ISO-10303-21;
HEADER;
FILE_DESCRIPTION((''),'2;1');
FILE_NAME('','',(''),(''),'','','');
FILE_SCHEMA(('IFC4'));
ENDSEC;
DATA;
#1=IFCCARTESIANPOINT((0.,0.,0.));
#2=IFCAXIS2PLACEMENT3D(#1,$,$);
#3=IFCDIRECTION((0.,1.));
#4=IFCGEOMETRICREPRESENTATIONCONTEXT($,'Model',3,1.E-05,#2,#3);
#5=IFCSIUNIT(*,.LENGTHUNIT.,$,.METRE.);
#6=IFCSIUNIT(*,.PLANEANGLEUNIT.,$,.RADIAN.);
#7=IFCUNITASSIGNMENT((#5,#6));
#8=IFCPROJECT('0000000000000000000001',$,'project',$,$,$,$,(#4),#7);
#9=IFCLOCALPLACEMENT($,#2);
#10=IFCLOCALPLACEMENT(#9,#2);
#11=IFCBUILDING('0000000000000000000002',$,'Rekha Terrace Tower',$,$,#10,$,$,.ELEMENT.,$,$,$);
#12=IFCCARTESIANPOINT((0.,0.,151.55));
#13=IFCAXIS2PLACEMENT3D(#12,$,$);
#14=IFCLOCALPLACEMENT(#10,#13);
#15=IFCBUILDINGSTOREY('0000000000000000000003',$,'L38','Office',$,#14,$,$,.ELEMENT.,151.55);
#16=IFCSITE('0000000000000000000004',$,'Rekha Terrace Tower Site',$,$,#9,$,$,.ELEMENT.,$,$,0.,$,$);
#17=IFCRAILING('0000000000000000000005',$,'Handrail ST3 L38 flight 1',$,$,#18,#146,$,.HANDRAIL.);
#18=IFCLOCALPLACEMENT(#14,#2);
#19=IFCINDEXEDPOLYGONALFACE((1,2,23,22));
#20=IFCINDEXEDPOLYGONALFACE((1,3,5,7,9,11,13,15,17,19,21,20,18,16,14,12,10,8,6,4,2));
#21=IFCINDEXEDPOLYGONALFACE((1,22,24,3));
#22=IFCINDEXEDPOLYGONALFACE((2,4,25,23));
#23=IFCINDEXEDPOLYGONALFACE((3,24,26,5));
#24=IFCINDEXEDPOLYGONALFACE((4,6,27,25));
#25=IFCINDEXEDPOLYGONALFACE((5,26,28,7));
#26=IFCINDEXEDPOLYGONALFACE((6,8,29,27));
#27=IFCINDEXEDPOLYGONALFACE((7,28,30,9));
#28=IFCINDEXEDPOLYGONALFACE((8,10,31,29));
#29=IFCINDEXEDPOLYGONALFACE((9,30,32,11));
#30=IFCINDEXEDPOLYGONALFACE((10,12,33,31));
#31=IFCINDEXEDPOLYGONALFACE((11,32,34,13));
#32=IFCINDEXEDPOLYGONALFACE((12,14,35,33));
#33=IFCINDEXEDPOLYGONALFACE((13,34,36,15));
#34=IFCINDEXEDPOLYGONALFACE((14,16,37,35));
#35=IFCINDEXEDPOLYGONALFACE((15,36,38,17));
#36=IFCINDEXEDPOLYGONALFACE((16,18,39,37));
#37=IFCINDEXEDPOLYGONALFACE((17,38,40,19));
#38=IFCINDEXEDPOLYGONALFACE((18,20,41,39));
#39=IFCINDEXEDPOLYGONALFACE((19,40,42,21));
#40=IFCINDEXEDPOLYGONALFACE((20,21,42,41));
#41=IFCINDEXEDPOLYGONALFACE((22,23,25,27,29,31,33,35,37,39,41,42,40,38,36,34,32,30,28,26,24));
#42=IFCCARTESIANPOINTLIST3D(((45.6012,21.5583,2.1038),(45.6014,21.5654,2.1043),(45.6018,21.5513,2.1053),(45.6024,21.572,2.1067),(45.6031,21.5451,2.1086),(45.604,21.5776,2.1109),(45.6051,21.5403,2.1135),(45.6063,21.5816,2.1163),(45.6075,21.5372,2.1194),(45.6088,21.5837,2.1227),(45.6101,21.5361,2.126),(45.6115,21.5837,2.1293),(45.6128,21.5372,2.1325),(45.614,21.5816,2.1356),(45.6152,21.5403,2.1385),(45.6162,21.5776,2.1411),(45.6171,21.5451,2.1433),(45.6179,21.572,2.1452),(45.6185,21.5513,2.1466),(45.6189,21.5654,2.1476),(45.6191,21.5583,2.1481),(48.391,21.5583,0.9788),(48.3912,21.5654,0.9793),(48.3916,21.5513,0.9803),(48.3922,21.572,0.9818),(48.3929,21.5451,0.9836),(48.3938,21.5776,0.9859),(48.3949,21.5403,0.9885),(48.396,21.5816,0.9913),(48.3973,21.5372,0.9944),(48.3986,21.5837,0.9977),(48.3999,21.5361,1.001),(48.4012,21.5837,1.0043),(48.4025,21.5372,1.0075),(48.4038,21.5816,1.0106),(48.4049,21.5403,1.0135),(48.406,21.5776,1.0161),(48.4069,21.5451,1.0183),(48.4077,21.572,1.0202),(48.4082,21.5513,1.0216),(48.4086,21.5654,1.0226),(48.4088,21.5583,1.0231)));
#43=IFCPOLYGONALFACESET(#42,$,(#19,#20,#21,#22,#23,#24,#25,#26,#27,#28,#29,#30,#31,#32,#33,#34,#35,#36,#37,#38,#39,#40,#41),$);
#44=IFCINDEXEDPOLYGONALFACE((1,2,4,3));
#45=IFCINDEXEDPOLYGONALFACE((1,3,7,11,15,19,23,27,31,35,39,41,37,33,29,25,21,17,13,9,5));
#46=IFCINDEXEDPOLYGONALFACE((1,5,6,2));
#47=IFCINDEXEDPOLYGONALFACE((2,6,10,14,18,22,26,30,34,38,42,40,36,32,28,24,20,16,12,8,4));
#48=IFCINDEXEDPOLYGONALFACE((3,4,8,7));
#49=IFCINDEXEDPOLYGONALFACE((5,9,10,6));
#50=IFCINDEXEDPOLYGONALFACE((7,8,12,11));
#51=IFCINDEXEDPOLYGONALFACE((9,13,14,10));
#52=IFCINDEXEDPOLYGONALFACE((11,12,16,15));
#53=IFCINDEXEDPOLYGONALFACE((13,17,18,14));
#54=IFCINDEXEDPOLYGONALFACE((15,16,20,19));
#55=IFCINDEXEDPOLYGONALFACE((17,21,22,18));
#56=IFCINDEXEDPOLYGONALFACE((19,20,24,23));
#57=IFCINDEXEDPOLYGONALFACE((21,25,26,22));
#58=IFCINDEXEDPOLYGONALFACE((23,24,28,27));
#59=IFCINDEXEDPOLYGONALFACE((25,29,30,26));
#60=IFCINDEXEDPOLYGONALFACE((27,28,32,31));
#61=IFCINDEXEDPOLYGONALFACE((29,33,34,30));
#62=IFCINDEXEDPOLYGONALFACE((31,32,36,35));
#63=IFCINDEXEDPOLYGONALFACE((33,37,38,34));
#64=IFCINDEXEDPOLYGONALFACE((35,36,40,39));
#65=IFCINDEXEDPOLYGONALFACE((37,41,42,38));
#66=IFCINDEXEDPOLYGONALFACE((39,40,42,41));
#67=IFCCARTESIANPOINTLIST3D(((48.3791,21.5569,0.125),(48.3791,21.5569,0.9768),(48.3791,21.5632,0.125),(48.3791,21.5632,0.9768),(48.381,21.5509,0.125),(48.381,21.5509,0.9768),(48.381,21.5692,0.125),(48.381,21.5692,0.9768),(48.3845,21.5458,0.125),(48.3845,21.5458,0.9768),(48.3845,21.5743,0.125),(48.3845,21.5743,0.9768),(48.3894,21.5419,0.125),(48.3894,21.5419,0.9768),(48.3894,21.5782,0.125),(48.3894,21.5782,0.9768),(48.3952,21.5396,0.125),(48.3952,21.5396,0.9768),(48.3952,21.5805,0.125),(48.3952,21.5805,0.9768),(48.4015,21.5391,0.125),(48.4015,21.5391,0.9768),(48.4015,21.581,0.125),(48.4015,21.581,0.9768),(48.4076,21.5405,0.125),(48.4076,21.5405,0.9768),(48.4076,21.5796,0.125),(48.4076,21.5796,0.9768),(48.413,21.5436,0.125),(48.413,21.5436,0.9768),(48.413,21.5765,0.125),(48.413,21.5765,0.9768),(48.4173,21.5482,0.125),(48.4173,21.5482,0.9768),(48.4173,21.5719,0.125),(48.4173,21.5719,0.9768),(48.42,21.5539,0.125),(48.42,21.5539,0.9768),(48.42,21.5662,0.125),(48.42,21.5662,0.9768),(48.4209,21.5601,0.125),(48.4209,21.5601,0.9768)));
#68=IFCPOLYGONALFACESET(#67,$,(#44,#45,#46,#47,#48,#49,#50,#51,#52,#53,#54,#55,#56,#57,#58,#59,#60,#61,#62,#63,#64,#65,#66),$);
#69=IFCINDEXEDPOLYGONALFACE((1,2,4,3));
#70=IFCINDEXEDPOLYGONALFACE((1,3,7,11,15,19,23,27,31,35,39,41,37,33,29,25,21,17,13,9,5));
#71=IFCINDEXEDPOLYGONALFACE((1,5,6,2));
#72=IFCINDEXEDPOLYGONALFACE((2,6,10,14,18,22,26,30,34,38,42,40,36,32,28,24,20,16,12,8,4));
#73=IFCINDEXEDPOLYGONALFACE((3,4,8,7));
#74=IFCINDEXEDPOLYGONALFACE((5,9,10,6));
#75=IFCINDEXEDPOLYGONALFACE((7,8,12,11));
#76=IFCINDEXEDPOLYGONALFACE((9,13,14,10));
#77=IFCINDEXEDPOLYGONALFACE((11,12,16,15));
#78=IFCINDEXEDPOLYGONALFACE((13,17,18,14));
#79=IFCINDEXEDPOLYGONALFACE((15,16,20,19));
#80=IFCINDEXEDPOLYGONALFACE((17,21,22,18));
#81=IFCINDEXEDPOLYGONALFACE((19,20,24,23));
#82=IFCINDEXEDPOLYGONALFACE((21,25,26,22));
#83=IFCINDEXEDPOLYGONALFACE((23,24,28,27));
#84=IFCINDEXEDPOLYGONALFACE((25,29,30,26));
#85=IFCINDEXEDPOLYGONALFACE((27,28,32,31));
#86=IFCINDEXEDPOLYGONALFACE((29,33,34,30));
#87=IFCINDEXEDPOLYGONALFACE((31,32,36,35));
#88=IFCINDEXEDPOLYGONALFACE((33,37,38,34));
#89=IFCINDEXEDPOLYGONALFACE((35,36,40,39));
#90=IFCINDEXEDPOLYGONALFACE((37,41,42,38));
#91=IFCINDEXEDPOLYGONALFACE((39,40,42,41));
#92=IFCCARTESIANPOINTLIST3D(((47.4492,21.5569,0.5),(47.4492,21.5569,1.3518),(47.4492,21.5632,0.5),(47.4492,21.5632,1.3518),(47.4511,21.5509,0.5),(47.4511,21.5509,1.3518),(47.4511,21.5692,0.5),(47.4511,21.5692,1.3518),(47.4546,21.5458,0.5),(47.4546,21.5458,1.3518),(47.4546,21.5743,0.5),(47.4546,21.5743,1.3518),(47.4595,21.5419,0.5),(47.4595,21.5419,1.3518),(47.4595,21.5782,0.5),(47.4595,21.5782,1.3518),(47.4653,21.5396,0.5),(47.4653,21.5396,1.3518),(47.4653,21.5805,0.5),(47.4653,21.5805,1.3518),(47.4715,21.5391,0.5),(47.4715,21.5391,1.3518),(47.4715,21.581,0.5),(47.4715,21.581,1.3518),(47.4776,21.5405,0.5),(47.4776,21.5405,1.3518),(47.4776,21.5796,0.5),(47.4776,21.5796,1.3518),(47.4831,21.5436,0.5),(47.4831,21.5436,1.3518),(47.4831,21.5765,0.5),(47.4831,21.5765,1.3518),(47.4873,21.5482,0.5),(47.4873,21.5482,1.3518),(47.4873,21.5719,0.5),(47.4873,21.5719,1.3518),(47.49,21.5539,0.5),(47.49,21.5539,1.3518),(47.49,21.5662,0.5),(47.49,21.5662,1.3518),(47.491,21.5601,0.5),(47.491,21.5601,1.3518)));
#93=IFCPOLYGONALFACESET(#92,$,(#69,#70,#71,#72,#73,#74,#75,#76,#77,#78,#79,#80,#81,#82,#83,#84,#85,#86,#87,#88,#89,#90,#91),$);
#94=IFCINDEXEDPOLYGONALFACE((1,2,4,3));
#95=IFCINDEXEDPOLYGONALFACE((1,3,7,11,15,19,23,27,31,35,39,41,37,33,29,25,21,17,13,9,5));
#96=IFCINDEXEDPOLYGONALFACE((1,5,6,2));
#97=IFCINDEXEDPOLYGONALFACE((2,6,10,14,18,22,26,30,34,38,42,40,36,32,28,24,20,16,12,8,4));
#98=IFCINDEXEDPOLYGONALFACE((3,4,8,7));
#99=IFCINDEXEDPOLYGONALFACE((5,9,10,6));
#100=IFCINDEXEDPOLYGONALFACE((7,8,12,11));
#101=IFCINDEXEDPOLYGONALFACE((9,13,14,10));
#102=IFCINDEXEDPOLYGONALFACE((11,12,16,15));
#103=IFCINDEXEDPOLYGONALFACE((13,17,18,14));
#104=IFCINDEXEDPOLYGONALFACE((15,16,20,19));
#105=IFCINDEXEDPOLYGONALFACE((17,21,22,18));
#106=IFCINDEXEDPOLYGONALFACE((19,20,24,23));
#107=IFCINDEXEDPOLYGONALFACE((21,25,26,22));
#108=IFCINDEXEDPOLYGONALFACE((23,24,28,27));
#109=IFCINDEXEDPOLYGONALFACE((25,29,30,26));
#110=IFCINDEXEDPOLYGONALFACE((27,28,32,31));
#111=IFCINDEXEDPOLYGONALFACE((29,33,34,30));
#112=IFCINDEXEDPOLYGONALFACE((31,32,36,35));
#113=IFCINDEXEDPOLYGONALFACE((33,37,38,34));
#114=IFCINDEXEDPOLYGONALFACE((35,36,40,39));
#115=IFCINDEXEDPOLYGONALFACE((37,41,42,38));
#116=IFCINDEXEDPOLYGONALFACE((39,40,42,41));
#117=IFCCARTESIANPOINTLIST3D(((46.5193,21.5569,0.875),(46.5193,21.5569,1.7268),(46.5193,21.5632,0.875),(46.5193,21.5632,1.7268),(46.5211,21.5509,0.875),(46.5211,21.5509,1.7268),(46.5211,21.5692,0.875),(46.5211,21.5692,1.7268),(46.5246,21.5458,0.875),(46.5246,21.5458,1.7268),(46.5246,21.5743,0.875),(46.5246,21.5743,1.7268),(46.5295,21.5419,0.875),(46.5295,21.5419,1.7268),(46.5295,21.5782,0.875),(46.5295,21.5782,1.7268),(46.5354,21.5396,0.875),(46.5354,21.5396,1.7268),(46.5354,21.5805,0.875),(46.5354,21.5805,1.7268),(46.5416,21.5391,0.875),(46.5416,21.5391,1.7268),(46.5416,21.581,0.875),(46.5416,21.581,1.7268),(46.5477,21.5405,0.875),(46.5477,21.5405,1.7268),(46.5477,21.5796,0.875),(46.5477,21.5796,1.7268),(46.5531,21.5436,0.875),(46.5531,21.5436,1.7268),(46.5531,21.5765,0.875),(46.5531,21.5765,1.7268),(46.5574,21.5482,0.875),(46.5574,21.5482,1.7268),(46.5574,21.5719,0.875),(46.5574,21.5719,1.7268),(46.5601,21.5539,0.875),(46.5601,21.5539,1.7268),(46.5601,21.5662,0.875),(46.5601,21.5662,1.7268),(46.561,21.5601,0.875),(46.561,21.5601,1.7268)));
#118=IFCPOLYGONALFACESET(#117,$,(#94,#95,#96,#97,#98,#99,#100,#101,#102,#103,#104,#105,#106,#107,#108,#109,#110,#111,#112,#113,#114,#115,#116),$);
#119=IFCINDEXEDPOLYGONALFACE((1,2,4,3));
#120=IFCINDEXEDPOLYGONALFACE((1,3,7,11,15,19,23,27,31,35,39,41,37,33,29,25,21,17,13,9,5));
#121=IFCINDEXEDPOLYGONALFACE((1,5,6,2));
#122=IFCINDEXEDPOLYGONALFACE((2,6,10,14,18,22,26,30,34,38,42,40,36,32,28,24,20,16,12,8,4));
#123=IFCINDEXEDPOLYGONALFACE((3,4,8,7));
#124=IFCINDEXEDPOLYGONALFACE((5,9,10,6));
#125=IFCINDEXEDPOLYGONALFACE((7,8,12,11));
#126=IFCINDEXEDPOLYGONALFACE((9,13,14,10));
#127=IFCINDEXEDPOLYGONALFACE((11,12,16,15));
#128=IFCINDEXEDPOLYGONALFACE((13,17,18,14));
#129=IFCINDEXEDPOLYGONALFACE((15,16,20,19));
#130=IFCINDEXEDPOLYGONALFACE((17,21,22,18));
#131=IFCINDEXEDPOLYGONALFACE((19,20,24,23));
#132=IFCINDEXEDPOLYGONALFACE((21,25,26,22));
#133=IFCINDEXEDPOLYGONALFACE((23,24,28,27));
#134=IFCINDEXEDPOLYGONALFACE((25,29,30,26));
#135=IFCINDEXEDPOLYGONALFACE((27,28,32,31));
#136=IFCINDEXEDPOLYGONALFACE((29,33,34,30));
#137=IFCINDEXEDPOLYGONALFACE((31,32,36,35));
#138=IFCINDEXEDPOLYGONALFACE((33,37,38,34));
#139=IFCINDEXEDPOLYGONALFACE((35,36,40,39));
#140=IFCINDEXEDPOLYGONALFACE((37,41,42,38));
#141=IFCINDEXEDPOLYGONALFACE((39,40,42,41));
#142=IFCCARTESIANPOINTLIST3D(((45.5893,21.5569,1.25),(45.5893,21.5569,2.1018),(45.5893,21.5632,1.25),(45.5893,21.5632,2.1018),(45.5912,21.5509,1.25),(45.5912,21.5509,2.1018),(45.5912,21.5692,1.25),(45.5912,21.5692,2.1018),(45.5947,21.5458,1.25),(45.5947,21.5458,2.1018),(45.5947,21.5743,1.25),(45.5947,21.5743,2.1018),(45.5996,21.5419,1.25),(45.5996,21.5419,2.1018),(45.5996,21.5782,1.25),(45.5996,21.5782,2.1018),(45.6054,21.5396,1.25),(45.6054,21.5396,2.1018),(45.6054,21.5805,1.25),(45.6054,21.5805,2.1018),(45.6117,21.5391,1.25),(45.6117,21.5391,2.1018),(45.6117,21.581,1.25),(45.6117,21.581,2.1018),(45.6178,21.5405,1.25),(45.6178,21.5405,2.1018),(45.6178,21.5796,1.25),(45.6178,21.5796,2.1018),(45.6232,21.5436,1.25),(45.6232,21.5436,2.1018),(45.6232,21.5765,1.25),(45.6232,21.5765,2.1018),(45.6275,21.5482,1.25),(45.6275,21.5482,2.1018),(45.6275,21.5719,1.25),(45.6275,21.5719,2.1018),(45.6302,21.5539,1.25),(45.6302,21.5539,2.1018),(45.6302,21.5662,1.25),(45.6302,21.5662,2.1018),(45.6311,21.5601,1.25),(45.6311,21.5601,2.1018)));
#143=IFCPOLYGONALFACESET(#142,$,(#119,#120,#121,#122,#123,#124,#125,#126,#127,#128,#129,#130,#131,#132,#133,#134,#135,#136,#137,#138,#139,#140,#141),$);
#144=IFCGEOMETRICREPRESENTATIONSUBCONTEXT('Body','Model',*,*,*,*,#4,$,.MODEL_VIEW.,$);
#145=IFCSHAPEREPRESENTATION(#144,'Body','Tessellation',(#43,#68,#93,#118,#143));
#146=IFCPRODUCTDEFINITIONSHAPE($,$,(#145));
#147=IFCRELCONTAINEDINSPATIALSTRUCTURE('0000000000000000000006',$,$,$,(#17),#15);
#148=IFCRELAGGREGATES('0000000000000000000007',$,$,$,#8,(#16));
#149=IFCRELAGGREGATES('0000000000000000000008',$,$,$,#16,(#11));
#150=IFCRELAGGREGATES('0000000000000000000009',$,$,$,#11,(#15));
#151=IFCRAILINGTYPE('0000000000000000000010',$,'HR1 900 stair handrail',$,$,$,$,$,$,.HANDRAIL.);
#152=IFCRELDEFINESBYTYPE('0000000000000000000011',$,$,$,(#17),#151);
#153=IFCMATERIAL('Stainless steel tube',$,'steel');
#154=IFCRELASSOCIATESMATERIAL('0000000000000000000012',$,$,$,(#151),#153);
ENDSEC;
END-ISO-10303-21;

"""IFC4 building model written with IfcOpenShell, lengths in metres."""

from ifc_helpers import new_model, si_unit, direction, frame, origin, origin_2d, place, context, subcontext, project, spatial, circle, extrude, material, type_object, element, save


model = new_model("IFC4")

# Units and contexts
model_context = context("Model", 3, precision=1e-05, world=origin(), true_north=direction((0.0, 1.0)))
body_context = subcontext(model_context, "Body", "Model", "MODEL_VIEW")
ifc_project = project(units=[si_unit("LENGTHUNIT", "METRE"), si_unit("PLANEANGLEUNIT", "RADIAN")], contexts=[model_context])

# Site, building, storey
site_placement = place(None, origin())
site = spatial("IfcSite", under=ifc_project, at=site_placement, Name="Rekha Terrace Tower Site", CompositionType="ELEMENT", RefElevation=0.0)
building_placement = place(site_placement, origin())
building = spatial("IfcBuilding", under=site, at=building_placement, Name="Rekha Terrace Tower", CompositionType="ELEMENT")
storey_placement = place(building_placement, frame((0.0, 0.0, 151.55)))
storey = spatial("IfcBuildingStorey", under=building, at=storey_placement, Name="L38", Description="Office", CompositionType="ELEMENT", Elevation=151.55)

# Railing
ifc_material_1 = material(Name="Stainless steel tube", Category="steel")
railing_type = type_object("IfcRailingType", Name="HR1 900 stair handrail", PredefinedType="HANDRAIL", material=ifc_material_1)
railing_placement = place(storey_placement, frame((48.3999, 21.5601, 0.125)))
element("IfcRailing", 1, at=railing_placement, inside=storey, type_object=railing_type, Name="Handrail ST3 L38 flight 1", PredefinedType="HANDRAIL", context=body_context, shape_type="SweptSolid", body=[
    extrude(circle(Radius=0.0239, at=origin_2d()), frame((0.0, 0.0, 0.876), z_axis=(-0.927432, 0.0, 0.373992), x_axis=(0.0, -1.0, 0.0)), (0.0, 0.0, 1.0), 3.0081),
    extrude(circle(Radius=0.021, at=origin_2d()), origin(), (0.0, 0.0, 1.0), 0.8518),
    extrude(circle(Radius=0.021, at=origin_2d()), frame((-0.9299, 0.0, 0.375)), (0.0, 0.0, 1.0), 0.8518),
    extrude(circle(Radius=0.021, at=origin_2d()), frame((-1.8599, 0.0, 0.75)), (0.0, 0.0, 1.0), 0.8518),
    extrude(circle(Radius=0.021, at=origin_2d()), frame((-2.7898, 0.0, 1.125)), (0.0, 0.0, 1.0), 0.8518),
])

save(model, "model.ifc")
